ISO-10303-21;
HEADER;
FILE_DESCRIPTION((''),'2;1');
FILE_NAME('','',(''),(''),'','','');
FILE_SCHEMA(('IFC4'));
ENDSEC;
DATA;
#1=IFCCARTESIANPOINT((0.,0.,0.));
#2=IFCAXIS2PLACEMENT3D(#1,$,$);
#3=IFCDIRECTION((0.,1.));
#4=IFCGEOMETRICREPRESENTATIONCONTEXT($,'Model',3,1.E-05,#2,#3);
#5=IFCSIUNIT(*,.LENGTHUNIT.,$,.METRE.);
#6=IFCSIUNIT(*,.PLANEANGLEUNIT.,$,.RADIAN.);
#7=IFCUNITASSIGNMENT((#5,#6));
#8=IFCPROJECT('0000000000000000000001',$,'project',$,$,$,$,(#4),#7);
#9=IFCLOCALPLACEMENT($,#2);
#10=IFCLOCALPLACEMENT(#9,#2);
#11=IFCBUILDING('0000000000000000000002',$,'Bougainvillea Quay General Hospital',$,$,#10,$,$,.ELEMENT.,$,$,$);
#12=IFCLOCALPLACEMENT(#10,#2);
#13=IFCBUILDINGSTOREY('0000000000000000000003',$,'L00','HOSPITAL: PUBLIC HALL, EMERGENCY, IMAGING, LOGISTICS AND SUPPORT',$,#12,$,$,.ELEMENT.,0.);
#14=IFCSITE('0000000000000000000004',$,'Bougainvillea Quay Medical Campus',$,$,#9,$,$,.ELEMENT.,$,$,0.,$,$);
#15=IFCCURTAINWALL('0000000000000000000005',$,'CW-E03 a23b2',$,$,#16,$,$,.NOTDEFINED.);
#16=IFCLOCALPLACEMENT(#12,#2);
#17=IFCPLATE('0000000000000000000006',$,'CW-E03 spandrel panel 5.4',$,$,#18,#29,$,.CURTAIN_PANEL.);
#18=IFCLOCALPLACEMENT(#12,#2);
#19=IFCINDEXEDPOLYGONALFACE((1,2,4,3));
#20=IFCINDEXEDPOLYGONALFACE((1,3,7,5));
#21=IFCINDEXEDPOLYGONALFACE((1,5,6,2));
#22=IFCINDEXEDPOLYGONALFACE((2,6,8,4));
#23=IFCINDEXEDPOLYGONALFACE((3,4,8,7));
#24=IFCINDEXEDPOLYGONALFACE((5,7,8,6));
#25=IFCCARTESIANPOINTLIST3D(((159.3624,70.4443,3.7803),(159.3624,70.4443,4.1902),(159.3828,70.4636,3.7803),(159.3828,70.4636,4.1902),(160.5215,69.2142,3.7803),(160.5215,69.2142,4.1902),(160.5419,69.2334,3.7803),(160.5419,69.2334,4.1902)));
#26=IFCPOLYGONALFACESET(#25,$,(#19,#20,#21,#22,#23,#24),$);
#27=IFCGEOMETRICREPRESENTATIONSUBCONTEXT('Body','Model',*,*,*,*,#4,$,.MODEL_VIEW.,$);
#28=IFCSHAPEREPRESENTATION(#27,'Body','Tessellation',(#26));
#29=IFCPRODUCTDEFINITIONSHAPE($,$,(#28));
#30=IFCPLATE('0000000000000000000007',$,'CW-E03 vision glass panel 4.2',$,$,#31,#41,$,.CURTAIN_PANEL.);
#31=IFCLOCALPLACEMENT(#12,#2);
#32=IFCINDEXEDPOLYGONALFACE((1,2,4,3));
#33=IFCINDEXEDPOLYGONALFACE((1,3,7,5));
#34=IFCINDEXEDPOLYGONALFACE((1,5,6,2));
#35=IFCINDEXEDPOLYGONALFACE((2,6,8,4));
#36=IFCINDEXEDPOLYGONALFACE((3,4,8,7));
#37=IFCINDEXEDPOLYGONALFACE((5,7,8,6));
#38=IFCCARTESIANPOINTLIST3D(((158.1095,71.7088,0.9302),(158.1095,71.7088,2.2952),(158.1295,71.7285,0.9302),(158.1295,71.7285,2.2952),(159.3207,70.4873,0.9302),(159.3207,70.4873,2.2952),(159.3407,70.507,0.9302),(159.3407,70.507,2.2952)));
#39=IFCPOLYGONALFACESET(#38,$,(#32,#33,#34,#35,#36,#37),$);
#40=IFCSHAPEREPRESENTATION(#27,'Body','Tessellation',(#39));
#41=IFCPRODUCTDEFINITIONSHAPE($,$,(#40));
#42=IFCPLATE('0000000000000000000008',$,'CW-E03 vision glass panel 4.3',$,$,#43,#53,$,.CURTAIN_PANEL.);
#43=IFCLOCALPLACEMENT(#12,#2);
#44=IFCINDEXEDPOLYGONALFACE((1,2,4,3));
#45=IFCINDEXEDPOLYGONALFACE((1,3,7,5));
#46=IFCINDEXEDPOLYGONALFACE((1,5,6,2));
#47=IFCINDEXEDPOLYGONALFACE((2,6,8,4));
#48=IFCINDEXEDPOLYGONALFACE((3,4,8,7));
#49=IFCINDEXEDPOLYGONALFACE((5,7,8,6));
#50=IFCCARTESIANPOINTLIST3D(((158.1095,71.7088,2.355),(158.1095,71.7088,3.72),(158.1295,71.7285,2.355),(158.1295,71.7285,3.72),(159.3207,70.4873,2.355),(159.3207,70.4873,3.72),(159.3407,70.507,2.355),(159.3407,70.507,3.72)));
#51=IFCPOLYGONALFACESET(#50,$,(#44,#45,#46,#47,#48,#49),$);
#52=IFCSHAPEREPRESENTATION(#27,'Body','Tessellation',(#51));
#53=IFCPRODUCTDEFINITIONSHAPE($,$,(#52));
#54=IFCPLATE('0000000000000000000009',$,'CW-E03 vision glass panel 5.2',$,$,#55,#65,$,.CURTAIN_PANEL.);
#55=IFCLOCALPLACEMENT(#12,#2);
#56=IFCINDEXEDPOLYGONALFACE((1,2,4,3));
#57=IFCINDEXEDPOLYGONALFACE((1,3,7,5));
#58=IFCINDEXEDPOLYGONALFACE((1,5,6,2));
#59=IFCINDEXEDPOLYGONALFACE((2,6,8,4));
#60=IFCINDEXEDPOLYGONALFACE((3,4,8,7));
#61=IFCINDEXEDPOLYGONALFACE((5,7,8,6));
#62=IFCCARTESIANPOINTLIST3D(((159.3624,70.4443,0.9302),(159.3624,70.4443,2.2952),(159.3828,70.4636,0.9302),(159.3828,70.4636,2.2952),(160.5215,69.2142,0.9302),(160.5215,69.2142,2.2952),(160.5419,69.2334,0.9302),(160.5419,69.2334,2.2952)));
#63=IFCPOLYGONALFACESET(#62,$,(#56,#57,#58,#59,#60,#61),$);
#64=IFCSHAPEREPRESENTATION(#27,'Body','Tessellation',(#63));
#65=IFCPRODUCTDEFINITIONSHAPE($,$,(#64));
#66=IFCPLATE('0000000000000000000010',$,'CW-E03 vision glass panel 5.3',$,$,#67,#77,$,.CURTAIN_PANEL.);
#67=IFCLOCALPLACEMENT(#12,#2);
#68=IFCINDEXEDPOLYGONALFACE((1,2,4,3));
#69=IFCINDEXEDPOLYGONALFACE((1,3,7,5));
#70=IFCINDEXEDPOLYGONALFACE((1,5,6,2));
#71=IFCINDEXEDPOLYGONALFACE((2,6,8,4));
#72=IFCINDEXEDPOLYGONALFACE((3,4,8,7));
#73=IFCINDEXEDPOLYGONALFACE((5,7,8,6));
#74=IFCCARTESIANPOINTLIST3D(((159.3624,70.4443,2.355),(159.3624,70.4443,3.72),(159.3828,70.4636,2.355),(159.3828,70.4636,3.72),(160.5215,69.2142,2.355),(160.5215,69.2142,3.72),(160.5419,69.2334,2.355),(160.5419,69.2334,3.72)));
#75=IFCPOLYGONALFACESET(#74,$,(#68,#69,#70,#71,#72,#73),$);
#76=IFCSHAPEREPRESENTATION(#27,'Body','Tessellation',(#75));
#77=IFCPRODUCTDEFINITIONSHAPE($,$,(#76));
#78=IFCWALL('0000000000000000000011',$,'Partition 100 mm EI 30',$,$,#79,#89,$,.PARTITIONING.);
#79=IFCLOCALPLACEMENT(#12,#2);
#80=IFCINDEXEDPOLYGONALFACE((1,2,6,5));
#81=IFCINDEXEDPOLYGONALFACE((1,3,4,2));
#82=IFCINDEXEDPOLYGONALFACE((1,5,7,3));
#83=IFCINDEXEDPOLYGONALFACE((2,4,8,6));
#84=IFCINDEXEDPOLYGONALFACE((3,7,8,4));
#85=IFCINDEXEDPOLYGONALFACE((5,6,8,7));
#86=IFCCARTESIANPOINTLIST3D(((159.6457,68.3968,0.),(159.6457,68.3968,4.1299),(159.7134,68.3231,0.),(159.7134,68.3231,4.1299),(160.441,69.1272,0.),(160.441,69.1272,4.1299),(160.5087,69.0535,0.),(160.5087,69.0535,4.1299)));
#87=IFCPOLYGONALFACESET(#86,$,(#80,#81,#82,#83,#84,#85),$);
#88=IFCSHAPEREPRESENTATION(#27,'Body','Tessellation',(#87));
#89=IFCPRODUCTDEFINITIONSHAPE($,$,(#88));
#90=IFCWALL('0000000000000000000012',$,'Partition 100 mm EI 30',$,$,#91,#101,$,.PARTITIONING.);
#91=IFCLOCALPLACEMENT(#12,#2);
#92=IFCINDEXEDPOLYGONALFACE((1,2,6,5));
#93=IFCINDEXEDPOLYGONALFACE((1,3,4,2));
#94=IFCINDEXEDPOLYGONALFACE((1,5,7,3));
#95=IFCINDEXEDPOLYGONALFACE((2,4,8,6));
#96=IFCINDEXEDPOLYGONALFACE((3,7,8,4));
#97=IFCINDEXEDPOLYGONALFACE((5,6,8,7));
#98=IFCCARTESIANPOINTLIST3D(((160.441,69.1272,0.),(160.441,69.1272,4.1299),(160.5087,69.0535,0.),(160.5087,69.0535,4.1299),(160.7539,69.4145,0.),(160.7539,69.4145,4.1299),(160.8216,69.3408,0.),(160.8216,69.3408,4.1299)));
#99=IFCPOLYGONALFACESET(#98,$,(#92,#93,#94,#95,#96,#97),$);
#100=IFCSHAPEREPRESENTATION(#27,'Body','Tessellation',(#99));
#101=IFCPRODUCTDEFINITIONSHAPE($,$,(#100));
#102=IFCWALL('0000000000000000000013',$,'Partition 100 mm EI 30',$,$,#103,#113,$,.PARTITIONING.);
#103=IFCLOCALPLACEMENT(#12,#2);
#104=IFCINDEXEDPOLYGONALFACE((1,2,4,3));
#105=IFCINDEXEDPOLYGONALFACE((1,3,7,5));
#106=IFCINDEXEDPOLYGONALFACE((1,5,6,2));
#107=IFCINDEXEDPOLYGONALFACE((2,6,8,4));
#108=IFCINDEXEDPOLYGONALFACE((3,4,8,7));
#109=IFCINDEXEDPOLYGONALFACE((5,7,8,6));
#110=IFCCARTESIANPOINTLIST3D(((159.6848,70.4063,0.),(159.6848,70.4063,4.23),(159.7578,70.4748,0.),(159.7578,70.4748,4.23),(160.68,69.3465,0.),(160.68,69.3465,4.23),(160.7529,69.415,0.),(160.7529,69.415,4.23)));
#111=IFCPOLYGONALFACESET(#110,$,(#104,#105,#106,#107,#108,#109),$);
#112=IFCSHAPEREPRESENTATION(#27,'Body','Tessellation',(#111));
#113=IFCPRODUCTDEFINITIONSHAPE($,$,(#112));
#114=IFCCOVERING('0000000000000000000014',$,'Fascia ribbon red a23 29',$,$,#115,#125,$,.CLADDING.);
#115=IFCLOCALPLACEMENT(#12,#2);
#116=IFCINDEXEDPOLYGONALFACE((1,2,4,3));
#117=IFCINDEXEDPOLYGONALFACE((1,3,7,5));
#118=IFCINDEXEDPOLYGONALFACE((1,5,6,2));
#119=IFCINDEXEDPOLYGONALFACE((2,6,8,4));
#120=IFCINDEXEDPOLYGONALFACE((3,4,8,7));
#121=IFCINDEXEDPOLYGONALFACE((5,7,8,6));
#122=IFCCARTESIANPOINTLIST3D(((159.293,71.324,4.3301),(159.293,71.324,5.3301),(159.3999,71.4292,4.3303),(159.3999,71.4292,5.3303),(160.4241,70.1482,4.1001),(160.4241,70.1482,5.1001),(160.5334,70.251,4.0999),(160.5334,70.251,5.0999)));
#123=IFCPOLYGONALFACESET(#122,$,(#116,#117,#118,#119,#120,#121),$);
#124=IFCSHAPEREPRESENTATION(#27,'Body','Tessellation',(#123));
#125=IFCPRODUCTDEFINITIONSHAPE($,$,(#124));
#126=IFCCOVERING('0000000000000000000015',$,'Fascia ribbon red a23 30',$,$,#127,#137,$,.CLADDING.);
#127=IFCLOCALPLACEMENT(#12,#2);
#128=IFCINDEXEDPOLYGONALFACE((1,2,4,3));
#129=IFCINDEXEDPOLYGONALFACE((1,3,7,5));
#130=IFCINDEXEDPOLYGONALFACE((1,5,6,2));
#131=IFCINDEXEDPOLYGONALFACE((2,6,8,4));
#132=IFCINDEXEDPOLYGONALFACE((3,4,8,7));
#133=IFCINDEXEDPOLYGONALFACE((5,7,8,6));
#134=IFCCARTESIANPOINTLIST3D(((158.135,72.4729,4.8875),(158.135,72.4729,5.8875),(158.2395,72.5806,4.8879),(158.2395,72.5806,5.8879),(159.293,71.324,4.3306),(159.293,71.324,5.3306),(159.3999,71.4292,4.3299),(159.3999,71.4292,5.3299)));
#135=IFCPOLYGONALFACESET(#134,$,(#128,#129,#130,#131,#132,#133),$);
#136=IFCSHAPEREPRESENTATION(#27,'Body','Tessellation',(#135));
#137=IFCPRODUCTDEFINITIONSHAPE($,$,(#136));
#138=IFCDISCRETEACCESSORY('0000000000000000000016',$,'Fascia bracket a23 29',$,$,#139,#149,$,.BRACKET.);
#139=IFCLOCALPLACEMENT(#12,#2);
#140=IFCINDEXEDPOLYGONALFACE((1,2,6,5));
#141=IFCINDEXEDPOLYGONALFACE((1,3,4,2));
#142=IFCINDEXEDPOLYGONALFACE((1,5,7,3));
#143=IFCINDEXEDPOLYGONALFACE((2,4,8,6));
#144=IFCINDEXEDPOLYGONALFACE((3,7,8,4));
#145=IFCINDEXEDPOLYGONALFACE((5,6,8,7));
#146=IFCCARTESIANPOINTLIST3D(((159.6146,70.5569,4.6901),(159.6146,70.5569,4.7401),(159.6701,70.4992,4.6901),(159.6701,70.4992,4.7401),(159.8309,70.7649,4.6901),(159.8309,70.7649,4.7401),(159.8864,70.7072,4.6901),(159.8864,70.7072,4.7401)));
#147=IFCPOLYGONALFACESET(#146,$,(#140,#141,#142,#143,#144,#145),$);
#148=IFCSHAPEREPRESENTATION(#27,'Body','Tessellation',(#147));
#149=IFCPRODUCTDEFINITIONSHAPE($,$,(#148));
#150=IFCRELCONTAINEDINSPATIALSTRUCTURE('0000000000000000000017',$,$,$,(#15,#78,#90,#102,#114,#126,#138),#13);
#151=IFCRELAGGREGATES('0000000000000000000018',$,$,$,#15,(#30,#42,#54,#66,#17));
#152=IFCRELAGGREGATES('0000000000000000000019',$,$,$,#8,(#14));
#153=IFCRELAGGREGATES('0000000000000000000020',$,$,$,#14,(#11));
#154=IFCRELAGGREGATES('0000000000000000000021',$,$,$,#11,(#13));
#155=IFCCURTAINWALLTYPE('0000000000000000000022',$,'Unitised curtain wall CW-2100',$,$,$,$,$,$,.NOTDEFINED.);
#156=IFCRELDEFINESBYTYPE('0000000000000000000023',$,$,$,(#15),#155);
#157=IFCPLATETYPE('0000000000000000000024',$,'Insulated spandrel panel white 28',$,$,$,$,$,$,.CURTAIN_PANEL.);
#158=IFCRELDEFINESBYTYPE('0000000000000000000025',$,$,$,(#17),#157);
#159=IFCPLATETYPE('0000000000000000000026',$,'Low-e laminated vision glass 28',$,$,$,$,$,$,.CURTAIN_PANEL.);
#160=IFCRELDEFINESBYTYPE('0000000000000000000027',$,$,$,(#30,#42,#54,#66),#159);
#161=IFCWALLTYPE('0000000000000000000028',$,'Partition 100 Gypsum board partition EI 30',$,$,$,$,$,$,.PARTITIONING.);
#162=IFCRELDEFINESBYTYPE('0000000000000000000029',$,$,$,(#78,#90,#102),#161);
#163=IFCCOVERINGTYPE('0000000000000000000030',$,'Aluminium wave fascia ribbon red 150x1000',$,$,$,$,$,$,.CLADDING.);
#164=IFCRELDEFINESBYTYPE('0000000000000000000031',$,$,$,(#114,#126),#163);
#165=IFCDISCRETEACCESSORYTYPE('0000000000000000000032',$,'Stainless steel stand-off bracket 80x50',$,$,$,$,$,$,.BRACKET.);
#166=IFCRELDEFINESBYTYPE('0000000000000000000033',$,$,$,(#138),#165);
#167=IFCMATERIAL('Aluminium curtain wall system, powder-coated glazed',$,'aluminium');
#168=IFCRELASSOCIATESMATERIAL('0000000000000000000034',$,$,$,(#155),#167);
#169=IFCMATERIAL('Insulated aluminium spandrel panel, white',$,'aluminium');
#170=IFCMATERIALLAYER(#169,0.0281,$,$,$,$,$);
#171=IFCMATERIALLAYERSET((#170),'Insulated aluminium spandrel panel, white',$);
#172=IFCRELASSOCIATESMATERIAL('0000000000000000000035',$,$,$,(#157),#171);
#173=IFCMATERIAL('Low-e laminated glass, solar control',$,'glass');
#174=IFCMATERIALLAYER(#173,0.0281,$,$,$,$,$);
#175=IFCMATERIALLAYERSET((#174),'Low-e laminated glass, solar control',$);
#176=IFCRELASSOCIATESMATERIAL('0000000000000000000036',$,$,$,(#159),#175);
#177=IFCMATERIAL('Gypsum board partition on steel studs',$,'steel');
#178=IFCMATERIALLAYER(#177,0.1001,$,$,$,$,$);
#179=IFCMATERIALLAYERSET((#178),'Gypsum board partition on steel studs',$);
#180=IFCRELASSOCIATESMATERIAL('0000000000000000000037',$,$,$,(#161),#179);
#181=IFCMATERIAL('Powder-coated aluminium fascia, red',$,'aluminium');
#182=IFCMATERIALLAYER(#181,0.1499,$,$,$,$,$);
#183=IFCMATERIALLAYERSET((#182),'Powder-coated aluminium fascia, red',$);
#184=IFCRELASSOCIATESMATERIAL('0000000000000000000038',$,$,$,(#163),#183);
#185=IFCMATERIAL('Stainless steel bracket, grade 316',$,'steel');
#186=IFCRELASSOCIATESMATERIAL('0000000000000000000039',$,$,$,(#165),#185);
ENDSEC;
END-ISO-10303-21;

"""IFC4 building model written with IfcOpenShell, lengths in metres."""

from ifc_helpers import new_model, si_unit, direction, frame, frame_2d, origin, origin_2d, place, context, subcontext, project, spatial, polyline, rectangle, outline, extrude, material, layer, layer_set, material_profile, profile_set, type_object, element, aggregate, save


model = new_model("IFC4")

# Units and contexts
model_context = context("Model", 3, precision=1e-05, world=origin(), true_north=direction((0.0, 1.0)))
body_context = subcontext(model_context, "Body", "Model", "MODEL_VIEW")
ifc_project = project(units=[si_unit("LENGTHUNIT", "METRE"), si_unit("PLANEANGLEUNIT", "RADIAN")], contexts=[model_context])

# Site, building, storey
site_placement = place(None, origin())
site = spatial("IfcSite", under=ifc_project, at=site_placement, Name="Bougainvillea Quay Medical Campus", CompositionType="ELEMENT", RefElevation=0.0)
building_placement = place(site_placement, origin())
building = spatial("IfcBuilding", under=site, at=building_placement, Name="Bougainvillea Quay General Hospital", CompositionType="ELEMENT")
storey_placement = place(building_placement, origin())
storey = spatial("IfcBuildingStorey", under=building, at=storey_placement, Name="L00", Description="HOSPITAL: PUBLIC HALL, EMERGENCY, IMAGING, LOGISTICS AND SUPPORT", CompositionType="ELEMENT", Elevation=0.0)

# Curtain wall, plates
ifc_material_1 = material(Name="Aluminium curtain wall system, powder-coated glazed", Category="aluminium")
curtain_wall_type = type_object("IfcCurtainWallType", Name="Unitised curtain wall CW-2100", PredefinedType="NOTDEFINED", material=ifc_material_1)
curtain_wall_placement = place(storey_placement, origin())
curtain_wall = element("IfcCurtainWall", 1, at=curtain_wall_placement, inside=storey, type_object=curtain_wall_type, Name="CW-E03 a23b2", PredefinedType="NOTDEFINED")
ifc_material_2 = material(Name="Insulated aluminium spandrel panel, white", Category="aluminium")
ifc_layer_1 = layer(ifc_material_2, 0.0281)
ifc_layer_set_1 = layer_set([ifc_layer_1], Name="Insulated aluminium spandrel panel, white")
plate_type_1 = type_object("IfcPlateType", Name="Insulated spandrel panel white 28", PredefinedType="CURTAIN_PANEL", material=ifc_layer_set_1)
plate_1_placement = place(storey_placement, frame((159.9521, 69.8389, 3.7803), z_axis=(0.0, 0.0, 1.0), x_axis=(0.685757, -0.72783, 0.0)))
plate_1 = element("IfcPlate", 2, at=plate_1_placement, type_object=plate_type_1, Name="CW-E03 spandrel panel 5.4", PredefinedType="CURTAIN_PANEL", context=body_context, shape_type="SweptSolid", body=[
    extrude(rectangle(XDim=1.6902, YDim=0.0281, at=origin_2d()), origin(), (0.0, 0.0, 1.0), 0.4099),
])
ifc_material_3 = material(Name="Low-e laminated glass, solar control", Category="glass")
ifc_layer_2 = layer(ifc_material_3, 0.0281)
ifc_layer_set_2 = layer_set([ifc_layer_2], Name="Low-e laminated glass, solar control")
plate_type_2 = type_object("IfcPlateType", Name="Low-e laminated vision glass 28", PredefinedType="CURTAIN_PANEL", material=ifc_layer_set_2)
plate_2_placement = place(storey_placement, frame((158.7251, 71.1079, 0.9302), z_axis=(0.0, 0.0, 1.0), x_axis=(0.704109, -0.710092, 0.0)))
plate_2 = element("IfcPlate", 3, at=plate_2_placement, type_object=plate_type_2, Name="CW-E03 vision glass panel 4.2", PredefinedType="CURTAIN_PANEL", context=body_context, shape_type="SweptSolid", body=[
    extrude(rectangle(XDim=1.7202, YDim=0.0281, at=origin_2d()), origin(), (0.0, 0.0, 1.0), 1.365),
])
plate_3_placement = place(storey_placement, frame((158.7251, 71.1079, 2.355), z_axis=(0.0, 0.0, 1.0), x_axis=(0.704109, -0.710092, 0.0)))
plate_3 = element("IfcPlate", 4, at=plate_3_placement, type_object=plate_type_2, Name="CW-E03 vision glass panel 4.3", PredefinedType="CURTAIN_PANEL", context=body_context, shape_type="SweptSolid", body=[
    extrude(rectangle(XDim=1.7202, YDim=0.0281, at=origin_2d()), origin(), (0.0, 0.0, 1.0), 1.365),
])
plate_4_placement = place(storey_placement, frame((159.9521, 69.8389, 0.9302), z_axis=(0.0, 0.0, 1.0), x_axis=(0.685757, -0.72783, 0.0)))
plate_4 = element("IfcPlate", 5, at=plate_4_placement, type_object=plate_type_2, Name="CW-E03 vision glass panel 5.2", PredefinedType="CURTAIN_PANEL", context=body_context, shape_type="SweptSolid", body=[
    extrude(rectangle(XDim=1.6902, YDim=0.0281, at=origin_2d()), origin(), (0.0, 0.0, 1.0), 1.365),
])
plate_5_placement = place(storey_placement, frame((159.9521, 69.8389, 2.355), z_axis=(0.0, 0.0, 1.0), x_axis=(0.685757, -0.72783, 0.0)))
plate_5 = element("IfcPlate", 6, at=plate_5_placement, type_object=plate_type_2, Name="CW-E03 vision glass panel 5.3", PredefinedType="CURTAIN_PANEL", context=body_context, shape_type="SweptSolid", body=[
    extrude(rectangle(XDim=1.6902, YDim=0.0281, at=origin_2d()), origin(), (0.0, 0.0, 1.0), 1.365),
])
aggregate(curtain_wall, [plate_2, plate_3, plate_4, plate_5, plate_1])

# Walls
ifc_material_4 = material(Name="Gypsum board partition on steel studs", Category="steel")
ifc_layer_3 = layer(ifc_material_4, 0.1001)
ifc_layer_set_3 = layer_set([ifc_layer_3], Name="Gypsum board partition on steel studs")
wall_type = type_object("IfcWallType", Name="Partition 100 Gypsum board partition EI 30", PredefinedType="PARTITIONING", material=ifc_layer_set_3)
wall_1_placement = place(storey_placement, frame((159.6794, 68.3599, 0.0), z_axis=(0.0, 0.0, 1.0), x_axis=(0.736534, 0.6764, 0.0)))
element("IfcWall", 7, at=wall_1_placement, inside=storey, type_object=wall_type, Name="Partition 100 mm EI 30", PredefinedType="PARTITIONING", context=body_context, shape_type="SweptSolid", body=[
    extrude(rectangle(XDim=1.0798, YDim=0.1001, at=frame_2d((0.54, 0.0))), origin(), (0.0, 0.0, 1.0), 4.1299),
])
wall_2_placement = place(storey_placement, frame((160.4749, 69.0903, 0.0), z_axis=(0.0, 0.0, 1.0), x_axis=(0.736629, 0.676297, 0.0)))
element("IfcWall", 8, at=wall_2_placement, inside=storey, type_object=wall_type, Name="Partition 100 mm EI 30", PredefinedType="PARTITIONING", context=body_context, shape_type="SweptSolid", body=[
    extrude(rectangle(XDim=0.4248, YDim=0.1001, at=frame_2d((0.2124, 0.0))), origin(), (0.0, 0.0, 1.0), 4.1299),
])
wall_3_placement = place(storey_placement, frame((159.7212, 70.4407, 0.0), z_axis=(0.0, 0.0, 1.0), x_axis=(0.684505, -0.729008, 0.0)))
element("IfcWall", 9, at=wall_3_placement, inside=storey, type_object=wall_type, Name="Partition 100 mm EI 30", PredefinedType="PARTITIONING", context=body_context, shape_type="SweptSolid", body=[
    extrude(rectangle(XDim=1.4539, YDim=0.1001, at=frame_2d((0.7271, 0.0))), origin(), (0.0, 0.0, 1.0), 4.23),
])

# Coverings
ifc_material_5 = material(Name="Powder-coated aluminium fascia, red", Category="aluminium")
ifc_layer_4 = layer(ifc_material_5, 0.1499)
ifc_layer_set_4 = layer_set([ifc_layer_4], Name="Powder-coated aluminium fascia, red")
covering_type = type_object("IfcCoveringType", Name="Aluminium wave fascia ribbon red 150x1000", PredefinedType="CLADDING", material=ifc_layer_set_4)
covering_1_placement = place(storey_placement, frame((160.4241, 70.1482, 4.1001), z_axis=(0.09675, -0.100611, 0.990211), x_axis=(-0.686495, 0.713611, 0.139581)))
element("IfcCovering", 10, at=covering_1_placement, inside=storey, type_object=covering_type, Name="Fascia ribbon red a23 29", PredefinedType="CLADDING", context=body_context, shape_type="SweptSolid", body=[
    extrude(outline(polyline([(0.0, 0.0), (1.6476, 0.0), (1.6494, -0.15), (-0.0018, -0.1501), (0.0, 0.0)])), origin(), (0.139581, -0.000027, 0.990211), 1.0),
])
covering_2_placement = place(storey_placement, frame((159.293, 71.324, 4.3306), z_axis=(0.229791, -0.227124, 0.946367), x_axis=(-0.671798, 0.666557, 0.323093)))
element("IfcCovering", 11, at=covering_2_placement, inside=storey, type_object=covering_type, Name="Fascia ribbon red a23 30", PredefinedType="CLADDING", context=body_context, shape_type="SweptSolid", body=[
    extrude(outline(polyline([(0.0, 0.0), (1.7237, 0.0), (1.7254, -0.15), (-0.0019, -0.15), (0.0, 0.0)])), origin(), (0.323093, 0.000587, 0.946367), 1.0),
])

# Discrete accessory
ifc_material_6 = material(Name="Stainless steel bracket, grade 316", Category="steel")
ifc_material_profile_1 = material_profile(ifc_material_6, rectangle(XDim=0.0801, YDim=0.05, at=origin_2d()))
ifc_profile_set_1 = profile_set([ifc_material_profile_1], Name="Stainless steel bracket, grade 316")
discrete_accessory_type = type_object("IfcDiscreteAccessoryType", Name="Stainless steel stand-off bracket 80x50", PredefinedType="BRACKET", material=ifc_profile_set_1)
discrete_accessory_placement = place(storey_placement, frame((159.6423, 70.5281, 4.7151), z_axis=(0.720802, 0.693141, 0.0), x_axis=(-0.693141, 0.720802, 0.0)))
element("IfcDiscreteAccessory", 12, at=discrete_accessory_placement, inside=storey, type_object=discrete_accessory_type, Name="Fascia bracket a23 29", PredefinedType="BRACKET", context=body_context, shape_type="SweptSolid", body=[
    extrude(rectangle(XDim=0.0801, YDim=0.05, at=origin_2d()), origin(), (0.0, 0.0, 1.0), 0.3),
])

save(model, "model.ifc")
